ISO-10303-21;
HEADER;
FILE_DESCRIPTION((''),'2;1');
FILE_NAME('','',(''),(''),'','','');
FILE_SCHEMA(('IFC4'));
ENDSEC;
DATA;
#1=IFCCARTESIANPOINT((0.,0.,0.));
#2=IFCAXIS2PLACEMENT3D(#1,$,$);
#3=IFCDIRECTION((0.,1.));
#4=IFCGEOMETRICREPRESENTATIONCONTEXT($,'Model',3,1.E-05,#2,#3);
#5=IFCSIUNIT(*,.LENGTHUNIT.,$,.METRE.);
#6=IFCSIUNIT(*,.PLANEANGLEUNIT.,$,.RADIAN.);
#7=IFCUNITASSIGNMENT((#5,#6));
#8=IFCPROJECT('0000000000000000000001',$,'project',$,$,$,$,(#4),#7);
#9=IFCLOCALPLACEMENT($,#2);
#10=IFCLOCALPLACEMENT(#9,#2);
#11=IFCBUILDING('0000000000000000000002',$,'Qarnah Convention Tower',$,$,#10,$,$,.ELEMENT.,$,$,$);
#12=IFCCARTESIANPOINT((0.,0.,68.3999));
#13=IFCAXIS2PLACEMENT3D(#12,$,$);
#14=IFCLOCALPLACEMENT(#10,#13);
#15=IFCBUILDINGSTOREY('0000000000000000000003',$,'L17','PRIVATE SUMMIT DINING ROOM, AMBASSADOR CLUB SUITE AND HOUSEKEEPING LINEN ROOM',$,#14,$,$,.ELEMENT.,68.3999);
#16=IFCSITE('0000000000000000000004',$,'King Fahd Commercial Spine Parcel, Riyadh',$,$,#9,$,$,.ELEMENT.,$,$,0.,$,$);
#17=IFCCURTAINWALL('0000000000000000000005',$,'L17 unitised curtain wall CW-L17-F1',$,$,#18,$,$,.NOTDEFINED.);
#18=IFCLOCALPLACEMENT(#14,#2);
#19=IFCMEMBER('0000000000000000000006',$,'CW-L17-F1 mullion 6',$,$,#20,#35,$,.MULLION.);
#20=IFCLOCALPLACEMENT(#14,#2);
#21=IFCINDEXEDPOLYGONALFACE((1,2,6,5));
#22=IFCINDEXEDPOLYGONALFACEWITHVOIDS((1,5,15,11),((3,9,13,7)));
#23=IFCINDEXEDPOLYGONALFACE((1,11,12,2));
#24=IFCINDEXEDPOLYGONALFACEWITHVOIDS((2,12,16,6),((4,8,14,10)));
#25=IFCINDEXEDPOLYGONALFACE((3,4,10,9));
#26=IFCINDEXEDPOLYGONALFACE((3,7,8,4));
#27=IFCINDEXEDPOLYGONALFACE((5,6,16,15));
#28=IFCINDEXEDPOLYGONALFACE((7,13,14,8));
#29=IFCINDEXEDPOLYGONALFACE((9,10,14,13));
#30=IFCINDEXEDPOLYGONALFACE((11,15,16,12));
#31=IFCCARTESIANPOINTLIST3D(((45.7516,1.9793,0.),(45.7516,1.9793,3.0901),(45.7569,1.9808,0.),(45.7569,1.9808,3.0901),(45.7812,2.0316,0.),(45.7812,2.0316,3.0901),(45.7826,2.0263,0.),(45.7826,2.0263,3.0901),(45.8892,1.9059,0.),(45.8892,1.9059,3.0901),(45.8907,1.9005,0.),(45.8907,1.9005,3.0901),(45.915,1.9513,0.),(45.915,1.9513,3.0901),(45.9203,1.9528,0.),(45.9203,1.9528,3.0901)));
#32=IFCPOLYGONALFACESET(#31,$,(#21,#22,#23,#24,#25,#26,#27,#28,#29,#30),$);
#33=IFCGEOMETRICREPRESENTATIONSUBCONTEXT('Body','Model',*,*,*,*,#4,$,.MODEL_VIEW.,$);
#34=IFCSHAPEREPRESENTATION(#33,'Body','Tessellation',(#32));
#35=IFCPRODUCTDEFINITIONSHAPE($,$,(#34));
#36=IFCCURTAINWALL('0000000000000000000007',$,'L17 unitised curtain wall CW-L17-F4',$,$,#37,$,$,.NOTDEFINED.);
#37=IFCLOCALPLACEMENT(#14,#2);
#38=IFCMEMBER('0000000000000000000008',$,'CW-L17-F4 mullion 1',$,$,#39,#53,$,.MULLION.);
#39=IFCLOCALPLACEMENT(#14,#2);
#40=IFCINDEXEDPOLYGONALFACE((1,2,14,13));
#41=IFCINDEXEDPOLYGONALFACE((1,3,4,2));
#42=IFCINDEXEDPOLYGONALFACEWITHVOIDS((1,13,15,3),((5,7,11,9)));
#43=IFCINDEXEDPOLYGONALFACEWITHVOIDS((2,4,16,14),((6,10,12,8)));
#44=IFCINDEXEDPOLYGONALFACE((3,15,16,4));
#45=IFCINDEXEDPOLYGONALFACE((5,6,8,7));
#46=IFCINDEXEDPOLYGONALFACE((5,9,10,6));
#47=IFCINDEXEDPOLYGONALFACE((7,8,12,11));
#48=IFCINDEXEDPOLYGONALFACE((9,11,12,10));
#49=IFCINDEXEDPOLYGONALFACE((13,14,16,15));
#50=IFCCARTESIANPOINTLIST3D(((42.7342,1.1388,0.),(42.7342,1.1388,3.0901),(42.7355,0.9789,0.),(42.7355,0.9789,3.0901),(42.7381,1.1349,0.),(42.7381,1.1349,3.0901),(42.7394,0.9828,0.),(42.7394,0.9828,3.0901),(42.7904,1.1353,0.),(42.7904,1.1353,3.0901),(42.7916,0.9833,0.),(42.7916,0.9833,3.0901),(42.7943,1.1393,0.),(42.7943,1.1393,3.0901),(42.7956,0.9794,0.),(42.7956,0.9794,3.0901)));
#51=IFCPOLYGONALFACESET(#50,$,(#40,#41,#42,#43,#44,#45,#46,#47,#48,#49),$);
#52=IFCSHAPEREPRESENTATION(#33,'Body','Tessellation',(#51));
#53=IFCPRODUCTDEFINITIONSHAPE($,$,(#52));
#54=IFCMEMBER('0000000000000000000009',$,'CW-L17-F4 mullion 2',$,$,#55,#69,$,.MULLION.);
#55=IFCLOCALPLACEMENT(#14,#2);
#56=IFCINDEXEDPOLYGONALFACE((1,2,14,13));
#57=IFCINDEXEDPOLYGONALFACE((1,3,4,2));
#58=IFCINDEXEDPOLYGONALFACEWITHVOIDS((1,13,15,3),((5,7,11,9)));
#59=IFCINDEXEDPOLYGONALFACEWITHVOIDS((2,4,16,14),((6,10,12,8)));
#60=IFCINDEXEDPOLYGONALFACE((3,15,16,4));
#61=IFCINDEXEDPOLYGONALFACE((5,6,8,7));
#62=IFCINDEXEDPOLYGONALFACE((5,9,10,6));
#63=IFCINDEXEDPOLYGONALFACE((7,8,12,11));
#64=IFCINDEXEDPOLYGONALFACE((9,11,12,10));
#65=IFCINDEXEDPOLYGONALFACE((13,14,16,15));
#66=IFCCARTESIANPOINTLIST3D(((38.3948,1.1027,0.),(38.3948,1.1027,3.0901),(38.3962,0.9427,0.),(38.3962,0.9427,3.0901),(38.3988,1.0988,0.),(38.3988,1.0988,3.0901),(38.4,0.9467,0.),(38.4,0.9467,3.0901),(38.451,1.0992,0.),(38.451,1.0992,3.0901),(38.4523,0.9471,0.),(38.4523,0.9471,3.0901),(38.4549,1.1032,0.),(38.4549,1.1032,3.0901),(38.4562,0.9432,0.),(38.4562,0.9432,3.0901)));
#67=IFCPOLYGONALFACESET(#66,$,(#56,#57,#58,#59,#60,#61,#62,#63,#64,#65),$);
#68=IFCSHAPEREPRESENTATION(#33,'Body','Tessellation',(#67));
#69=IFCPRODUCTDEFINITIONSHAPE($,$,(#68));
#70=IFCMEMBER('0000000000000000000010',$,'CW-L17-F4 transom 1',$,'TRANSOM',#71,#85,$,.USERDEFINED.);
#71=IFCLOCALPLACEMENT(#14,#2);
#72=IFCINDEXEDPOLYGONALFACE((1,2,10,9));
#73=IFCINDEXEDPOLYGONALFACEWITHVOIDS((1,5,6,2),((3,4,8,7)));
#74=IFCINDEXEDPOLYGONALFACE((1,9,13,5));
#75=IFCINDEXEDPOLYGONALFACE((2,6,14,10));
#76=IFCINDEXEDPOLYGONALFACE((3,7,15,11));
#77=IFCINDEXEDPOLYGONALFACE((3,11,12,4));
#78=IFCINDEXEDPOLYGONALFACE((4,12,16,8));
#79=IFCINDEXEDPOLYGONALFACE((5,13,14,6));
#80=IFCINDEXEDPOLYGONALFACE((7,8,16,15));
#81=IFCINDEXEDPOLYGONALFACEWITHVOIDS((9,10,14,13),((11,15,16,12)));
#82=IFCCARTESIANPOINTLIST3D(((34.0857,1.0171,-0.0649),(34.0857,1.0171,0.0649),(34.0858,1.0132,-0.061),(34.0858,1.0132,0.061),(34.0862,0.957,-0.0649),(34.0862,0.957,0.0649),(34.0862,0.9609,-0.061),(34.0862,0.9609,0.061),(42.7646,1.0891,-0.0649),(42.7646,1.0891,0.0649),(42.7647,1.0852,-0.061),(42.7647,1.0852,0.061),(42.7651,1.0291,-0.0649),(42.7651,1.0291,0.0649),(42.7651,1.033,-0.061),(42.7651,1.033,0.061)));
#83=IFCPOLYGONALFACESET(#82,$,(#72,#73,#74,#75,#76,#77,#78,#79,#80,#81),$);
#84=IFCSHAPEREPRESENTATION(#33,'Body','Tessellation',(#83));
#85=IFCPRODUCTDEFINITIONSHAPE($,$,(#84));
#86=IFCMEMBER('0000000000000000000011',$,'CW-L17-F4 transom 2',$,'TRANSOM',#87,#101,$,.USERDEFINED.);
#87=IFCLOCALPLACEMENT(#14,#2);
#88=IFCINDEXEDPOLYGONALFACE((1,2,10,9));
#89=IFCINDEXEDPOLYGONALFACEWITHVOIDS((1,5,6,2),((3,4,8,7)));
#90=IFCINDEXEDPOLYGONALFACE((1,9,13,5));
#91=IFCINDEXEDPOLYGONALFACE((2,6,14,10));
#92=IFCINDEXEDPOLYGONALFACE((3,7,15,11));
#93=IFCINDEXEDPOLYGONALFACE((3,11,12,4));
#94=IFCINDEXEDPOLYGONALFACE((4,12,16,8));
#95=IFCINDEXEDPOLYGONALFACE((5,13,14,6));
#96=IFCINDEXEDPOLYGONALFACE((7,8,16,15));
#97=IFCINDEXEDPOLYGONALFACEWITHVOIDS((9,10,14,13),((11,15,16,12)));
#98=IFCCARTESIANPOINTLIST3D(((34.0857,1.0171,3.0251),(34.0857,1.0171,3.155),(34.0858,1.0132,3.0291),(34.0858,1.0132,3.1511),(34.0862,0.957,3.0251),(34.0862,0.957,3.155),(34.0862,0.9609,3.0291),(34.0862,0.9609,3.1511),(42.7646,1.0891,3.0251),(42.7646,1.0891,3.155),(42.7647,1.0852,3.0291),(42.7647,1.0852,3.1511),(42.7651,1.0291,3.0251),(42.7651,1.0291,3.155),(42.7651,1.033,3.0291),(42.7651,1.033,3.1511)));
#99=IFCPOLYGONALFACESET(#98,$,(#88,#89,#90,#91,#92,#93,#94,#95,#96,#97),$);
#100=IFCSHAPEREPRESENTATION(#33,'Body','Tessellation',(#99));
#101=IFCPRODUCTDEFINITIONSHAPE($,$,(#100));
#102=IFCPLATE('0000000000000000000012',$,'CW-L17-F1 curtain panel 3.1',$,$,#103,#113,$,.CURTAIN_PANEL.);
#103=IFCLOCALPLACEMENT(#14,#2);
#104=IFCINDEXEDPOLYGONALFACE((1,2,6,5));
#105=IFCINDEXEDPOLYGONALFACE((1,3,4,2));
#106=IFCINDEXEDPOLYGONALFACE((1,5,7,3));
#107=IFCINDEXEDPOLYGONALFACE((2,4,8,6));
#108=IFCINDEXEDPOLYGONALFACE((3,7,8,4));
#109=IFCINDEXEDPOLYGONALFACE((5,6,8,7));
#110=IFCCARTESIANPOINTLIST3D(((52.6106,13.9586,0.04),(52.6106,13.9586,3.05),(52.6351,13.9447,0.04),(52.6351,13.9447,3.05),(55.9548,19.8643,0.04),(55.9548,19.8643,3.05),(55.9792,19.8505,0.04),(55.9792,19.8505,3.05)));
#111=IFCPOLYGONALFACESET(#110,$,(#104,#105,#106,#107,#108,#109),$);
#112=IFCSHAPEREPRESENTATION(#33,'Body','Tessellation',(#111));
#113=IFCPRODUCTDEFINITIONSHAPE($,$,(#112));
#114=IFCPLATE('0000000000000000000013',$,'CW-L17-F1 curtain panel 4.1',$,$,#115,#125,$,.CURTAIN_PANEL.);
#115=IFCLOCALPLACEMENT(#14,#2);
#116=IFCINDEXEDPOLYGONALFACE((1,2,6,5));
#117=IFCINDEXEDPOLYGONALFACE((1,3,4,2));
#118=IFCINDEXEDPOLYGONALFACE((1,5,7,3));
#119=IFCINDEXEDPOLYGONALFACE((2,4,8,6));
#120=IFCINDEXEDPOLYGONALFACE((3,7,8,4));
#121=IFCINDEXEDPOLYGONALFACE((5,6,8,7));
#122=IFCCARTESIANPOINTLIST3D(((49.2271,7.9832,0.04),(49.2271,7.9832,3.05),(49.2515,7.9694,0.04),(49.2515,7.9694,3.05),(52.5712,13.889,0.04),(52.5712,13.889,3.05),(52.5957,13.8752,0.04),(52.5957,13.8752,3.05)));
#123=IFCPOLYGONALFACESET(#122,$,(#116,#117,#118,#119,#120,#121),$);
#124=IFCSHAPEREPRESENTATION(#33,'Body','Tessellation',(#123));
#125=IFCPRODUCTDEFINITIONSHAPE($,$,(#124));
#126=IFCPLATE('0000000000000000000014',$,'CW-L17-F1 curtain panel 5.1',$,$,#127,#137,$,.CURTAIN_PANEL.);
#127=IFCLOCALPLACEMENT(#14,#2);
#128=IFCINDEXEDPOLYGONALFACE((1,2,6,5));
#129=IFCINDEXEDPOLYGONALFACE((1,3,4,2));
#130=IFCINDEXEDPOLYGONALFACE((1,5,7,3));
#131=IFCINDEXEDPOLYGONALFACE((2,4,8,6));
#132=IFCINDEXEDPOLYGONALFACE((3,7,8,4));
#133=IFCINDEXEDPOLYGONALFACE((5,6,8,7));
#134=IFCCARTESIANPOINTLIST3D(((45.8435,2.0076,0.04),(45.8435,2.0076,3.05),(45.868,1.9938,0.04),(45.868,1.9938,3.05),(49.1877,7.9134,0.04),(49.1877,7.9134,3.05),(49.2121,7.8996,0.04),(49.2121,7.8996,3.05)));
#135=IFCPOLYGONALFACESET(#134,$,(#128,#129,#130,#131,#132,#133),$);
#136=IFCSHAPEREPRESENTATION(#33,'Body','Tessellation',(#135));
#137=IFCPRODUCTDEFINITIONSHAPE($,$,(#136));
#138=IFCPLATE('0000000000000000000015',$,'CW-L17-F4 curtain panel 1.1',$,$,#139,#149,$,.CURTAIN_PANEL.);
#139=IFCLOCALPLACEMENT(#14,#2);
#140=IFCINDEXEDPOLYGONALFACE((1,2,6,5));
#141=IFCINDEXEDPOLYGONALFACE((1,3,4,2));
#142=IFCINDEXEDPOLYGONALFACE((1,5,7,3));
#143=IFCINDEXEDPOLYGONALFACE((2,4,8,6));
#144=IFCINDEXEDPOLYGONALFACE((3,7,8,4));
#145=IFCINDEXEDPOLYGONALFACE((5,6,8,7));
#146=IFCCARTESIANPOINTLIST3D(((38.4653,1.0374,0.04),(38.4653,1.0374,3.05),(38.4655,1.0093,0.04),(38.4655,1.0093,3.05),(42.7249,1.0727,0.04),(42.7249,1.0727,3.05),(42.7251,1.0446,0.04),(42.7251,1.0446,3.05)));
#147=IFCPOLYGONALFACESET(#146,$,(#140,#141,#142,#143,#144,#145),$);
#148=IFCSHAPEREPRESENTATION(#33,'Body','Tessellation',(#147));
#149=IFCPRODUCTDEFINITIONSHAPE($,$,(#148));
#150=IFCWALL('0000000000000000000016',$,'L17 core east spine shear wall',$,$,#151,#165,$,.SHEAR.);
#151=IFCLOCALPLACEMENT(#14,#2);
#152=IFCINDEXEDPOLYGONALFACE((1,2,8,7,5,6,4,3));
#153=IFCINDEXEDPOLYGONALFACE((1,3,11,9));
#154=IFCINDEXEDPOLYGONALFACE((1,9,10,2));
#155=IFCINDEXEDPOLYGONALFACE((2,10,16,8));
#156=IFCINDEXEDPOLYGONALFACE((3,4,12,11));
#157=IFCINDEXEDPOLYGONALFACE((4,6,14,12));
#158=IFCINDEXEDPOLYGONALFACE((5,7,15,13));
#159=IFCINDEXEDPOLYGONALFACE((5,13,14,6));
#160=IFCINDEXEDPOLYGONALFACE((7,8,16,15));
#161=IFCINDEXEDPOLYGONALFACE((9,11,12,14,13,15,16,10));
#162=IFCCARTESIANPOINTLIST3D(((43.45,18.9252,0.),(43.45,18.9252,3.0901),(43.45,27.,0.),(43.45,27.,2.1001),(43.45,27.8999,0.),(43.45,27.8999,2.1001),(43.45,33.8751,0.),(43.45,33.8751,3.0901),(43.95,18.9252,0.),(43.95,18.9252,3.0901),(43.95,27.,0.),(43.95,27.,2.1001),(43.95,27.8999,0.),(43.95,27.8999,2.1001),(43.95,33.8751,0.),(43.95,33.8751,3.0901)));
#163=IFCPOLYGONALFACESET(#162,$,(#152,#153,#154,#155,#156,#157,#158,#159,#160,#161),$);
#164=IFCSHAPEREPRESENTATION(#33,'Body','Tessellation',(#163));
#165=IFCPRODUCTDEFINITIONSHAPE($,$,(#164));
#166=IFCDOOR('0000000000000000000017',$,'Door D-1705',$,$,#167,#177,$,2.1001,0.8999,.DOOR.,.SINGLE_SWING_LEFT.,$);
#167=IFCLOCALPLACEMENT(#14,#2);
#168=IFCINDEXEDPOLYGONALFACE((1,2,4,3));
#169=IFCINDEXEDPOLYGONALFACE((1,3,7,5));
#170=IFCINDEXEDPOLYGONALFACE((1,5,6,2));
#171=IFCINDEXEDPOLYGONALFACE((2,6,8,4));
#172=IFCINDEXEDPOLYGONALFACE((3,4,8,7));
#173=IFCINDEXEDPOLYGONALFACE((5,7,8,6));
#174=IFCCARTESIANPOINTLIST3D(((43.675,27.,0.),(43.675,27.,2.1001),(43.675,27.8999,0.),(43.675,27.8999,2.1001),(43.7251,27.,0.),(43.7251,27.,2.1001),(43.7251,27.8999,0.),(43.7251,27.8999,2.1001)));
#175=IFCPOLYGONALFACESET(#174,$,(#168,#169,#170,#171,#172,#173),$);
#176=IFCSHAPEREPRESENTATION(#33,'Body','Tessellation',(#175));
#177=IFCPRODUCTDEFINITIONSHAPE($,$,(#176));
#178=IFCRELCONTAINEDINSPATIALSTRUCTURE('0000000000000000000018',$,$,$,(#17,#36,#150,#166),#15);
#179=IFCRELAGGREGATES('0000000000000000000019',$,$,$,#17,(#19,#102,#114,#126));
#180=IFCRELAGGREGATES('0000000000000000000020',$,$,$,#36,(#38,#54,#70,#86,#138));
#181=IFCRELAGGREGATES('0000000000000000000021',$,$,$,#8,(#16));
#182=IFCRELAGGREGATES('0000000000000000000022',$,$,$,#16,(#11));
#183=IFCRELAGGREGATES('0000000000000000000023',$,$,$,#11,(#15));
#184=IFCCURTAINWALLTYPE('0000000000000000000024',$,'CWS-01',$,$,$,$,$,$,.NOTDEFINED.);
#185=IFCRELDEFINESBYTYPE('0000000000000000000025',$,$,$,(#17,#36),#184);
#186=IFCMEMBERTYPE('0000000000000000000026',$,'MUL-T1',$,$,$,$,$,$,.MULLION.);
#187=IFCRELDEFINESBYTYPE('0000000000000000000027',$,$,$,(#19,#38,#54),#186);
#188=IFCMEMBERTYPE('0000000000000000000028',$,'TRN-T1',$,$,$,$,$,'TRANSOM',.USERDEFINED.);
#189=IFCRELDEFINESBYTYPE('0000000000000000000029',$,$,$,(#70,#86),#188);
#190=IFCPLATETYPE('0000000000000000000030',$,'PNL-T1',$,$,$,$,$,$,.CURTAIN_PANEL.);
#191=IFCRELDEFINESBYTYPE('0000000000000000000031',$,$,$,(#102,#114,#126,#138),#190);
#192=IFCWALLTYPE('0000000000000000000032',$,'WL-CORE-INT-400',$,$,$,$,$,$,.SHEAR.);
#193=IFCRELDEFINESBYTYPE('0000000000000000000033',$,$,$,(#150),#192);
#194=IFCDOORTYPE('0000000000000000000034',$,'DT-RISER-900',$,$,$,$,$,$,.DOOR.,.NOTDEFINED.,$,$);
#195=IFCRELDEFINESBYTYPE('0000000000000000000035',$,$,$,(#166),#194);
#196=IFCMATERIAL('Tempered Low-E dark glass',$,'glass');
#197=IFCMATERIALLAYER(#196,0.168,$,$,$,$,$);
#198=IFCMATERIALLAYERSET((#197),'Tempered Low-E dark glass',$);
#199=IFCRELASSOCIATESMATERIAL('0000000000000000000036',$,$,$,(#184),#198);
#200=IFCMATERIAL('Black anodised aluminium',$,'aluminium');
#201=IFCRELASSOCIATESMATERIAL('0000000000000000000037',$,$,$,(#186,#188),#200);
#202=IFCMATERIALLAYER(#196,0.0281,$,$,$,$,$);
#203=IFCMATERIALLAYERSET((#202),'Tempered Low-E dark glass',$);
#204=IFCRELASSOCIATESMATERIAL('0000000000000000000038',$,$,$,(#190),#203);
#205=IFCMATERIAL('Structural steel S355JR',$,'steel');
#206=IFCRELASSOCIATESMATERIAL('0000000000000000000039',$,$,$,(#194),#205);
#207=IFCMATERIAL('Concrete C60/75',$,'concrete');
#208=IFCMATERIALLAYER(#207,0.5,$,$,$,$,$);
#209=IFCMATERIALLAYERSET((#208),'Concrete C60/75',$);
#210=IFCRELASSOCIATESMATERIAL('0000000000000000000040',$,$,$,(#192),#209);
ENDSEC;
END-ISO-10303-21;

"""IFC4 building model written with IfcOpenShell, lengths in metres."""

from ifc_helpers import new_model, si_unit, direction, frame, frame_2d, origin, origin_2d, place, context, subcontext, project, spatial, rectangle, hollow_rectangle, extrude, material, layer, layer_set, material_profile, profile_set, type_object, element, fill, aggregate, save


model = new_model("IFC4")

# Units and contexts
model_context = context("Model", 3, precision=1e-05, world=origin(), true_north=direction((0.0, 1.0)))
body_context = subcontext(model_context, "Body", "Model", "MODEL_VIEW")
ifc_project = project(units=[si_unit("LENGTHUNIT", "METRE"), si_unit("PLANEANGLEUNIT", "RADIAN")], contexts=[model_context])

# Site, building, storey
site_placement = place(None, origin())
site = spatial("IfcSite", under=ifc_project, at=site_placement, Name="King Fahd Commercial Spine Parcel, Riyadh", CompositionType="ELEMENT", RefElevation=0.0)
building_placement = place(site_placement, origin())
building = spatial("IfcBuilding", under=site, at=building_placement, Name="Qarnah Convention Tower", CompositionType="ELEMENT")
storey_placement = place(building_placement, frame((0.0, 0.0, 68.3999)))
storey = spatial("IfcBuildingStorey", under=building, at=storey_placement, Name="L17", Description="PRIVATE SUMMIT DINING ROOM, AMBASSADOR CLUB SUITE AND HOUSEKEEPING LINEN ROOM", CompositionType="ELEMENT", Elevation=68.3999)

# Shared definitions
ifc_material_1 = material(Name="Concrete C60/75", Category="concrete")
ifc_material_2 = material(Name="Structural steel S355JR", Category="steel")

# Curtain walls, members
ifc_material_3 = material(Name="Tempered Low-E dark glass", Category="glass")
ifc_layer_1 = layer(ifc_material_3, 0.168)
ifc_layer_set_1 = layer_set([ifc_layer_1], Name="Tempered Low-E dark glass")
curtain_wall_type = type_object("IfcCurtainWallType", Name="CWS-01", PredefinedType="NOTDEFINED", material=ifc_layer_set_1)
curtain_wall_1_placement = place(storey_placement, origin())
curtain_wall_1 = element("IfcCurtainWall", 1, at=curtain_wall_1_placement, inside=storey, type_object=curtain_wall_type, Name="L17 unitised curtain wall CW-L17-F1", PredefinedType="NOTDEFINED")
ifc_material_4 = material(Name="Black anodised aluminium", Category="aluminium")
ifc_material_profile_1 = material_profile(ifc_material_4, hollow_rectangle(XDim=0.0601, YDim=0.1599, WallThickness=0.0039, at=origin_2d()), Name="MUL-60X160")
ifc_profile_set_1 = profile_set([ifc_material_profile_1], Name="Black anodised aluminium")
member_type_1 = type_object("IfcMemberType", Name="MUL-T1", PredefinedType="MULLION", material=ifc_profile_set_1)
member_1_placement = place(storey_placement, frame((45.8359, 1.9661, 0.0), z_axis=(0.0, 0.0, 1.0), x_axis=(-0.492741, -0.870176, 0.0)))
member_1 = element("IfcMember", 2, at=member_1_placement, type_object=member_type_1, Name="CW-L17-F1 mullion 6", PredefinedType="MULLION", context=body_context, shape_type="SweptSolid", body=[
    extrude(hollow_rectangle(XDim=0.0601, YDim=0.1599, WallThickness=0.0039, at=origin_2d()), origin(), (0.0, 0.0, 1.0), 3.0901),
])
curtain_wall_2_placement = place(storey_placement, origin())
curtain_wall_2 = element("IfcCurtainWall", 3, at=curtain_wall_2_placement, inside=storey, type_object=curtain_wall_type, Name="L17 unitised curtain wall CW-L17-F4", PredefinedType="NOTDEFINED")
member_2_placement = place(storey_placement, frame((42.7649, 1.0591, 0.0), z_axis=(0.0, 0.0, 1.0), x_axis=(-0.999966, -0.008296, 0.0)))
member_2 = element("IfcMember", 4, at=member_2_placement, type_object=member_type_1, Name="CW-L17-F4 mullion 1", PredefinedType="MULLION", context=body_context, shape_type="SweptSolid", body=[
    extrude(hollow_rectangle(XDim=0.0601, YDim=0.1599, WallThickness=0.0039, at=origin_2d()), origin(), (0.0, 0.0, 1.0), 3.0901),
])
member_3_placement = place(storey_placement, frame((38.4255, 1.0229, 0.0), z_axis=(0.0, 0.0, 1.0), x_axis=(-0.999966, -0.008296, 0.0)))
member_3 = element("IfcMember", 5, at=member_3_placement, type_object=member_type_1, Name="CW-L17-F4 mullion 2", PredefinedType="MULLION", context=body_context, shape_type="SweptSolid", body=[
    extrude(hollow_rectangle(XDim=0.0601, YDim=0.1599, WallThickness=0.0039, at=origin_2d()), origin(), (0.0, 0.0, 1.0), 3.0901),
])
ifc_material_profile_2 = material_profile(ifc_material_4, hollow_rectangle(XDim=0.0601, YDim=0.1299, WallThickness=0.0039, at=origin_2d()), Name="TRN-60X130")
ifc_profile_set_2 = profile_set([ifc_material_profile_2], Name="Black anodised aluminium")
member_type_2 = type_object("IfcMemberType", Name="TRN-T1", ElementType="TRANSOM", PredefinedType="USERDEFINED", material=ifc_profile_set_2)
member_4_placement = place(storey_placement, frame((42.7649, 1.0591, 0.0), z_axis=(-0.999966, -0.008298, 0.0), x_axis=(0.008298, -0.999966, 0.0)))
member_4 = element("IfcMember", 6, at=member_4_placement, type_object=member_type_2, Name="CW-L17-F4 transom 1", ObjectType="TRANSOM", PredefinedType="USERDEFINED", context=body_context, shape_type="SweptSolid", body=[
    extrude(hollow_rectangle(XDim=0.0601, YDim=0.1299, WallThickness=0.0039, at=origin_2d()), origin(), (0.0, 0.0, 1.0), 8.6792),
])
member_5_placement = place(storey_placement, frame((42.7649, 1.0591, 3.0901), z_axis=(-0.999966, -0.008298, 0.0), x_axis=(0.008298, -0.999966, 0.0)))
member_5 = element("IfcMember", 7, at=member_5_placement, type_object=member_type_2, Name="CW-L17-F4 transom 2", ObjectType="TRANSOM", PredefinedType="USERDEFINED", context=body_context, shape_type="SweptSolid", body=[
    extrude(hollow_rectangle(XDim=0.0601, YDim=0.1299, WallThickness=0.0039, at=origin_2d()), origin(), (0.0, 0.0, 1.0), 8.6792),
])

# Plates
ifc_layer_2 = layer(ifc_material_3, 0.0281)
ifc_layer_set_2 = layer_set([ifc_layer_2], Name="Tempered Low-E dark glass")
plate_type = type_object("IfcPlateType", Name="PNL-T1", PredefinedType="CURTAIN_PANEL", material=ifc_layer_set_2)
plate_1_placement = place(storey_placement, frame((54.2949, 16.9045, 0.04), z_axis=(0.0, 0.0, 1.0), x_axis=(-0.492741, -0.870176, 0.0)))
plate_1 = element("IfcPlate", 8, at=plate_1_placement, type_object=plate_type, Name="CW-L17-F1 curtain panel 3.1", PredefinedType="CURTAIN_PANEL", context=body_context, shape_type="SweptSolid", body=[
    extrude(rectangle(XDim=6.7869, YDim=0.0281, at=origin_2d()), origin(), (0.0, 0.0, 1.0), 3.01),
])
plate_2_placement = place(storey_placement, frame((50.9114, 10.9292, 0.04), z_axis=(0.0, 0.0, 1.0), x_axis=(-0.492741, -0.870176, 0.0)))
plate_2 = element("IfcPlate", 9, at=plate_2_placement, type_object=plate_type, Name="CW-L17-F1 curtain panel 4.1", PredefinedType="CURTAIN_PANEL", context=body_context, shape_type="SweptSolid", body=[
    extrude(rectangle(XDim=6.7869, YDim=0.0281, at=origin_2d()), origin(), (0.0, 0.0, 1.0), 3.01),
])
plate_3_placement = place(storey_placement, frame((47.5278, 4.9536, 0.04), z_axis=(0.0, 0.0, 1.0), x_axis=(-0.492741, -0.870176, 0.0)))
plate_3 = element("IfcPlate", 10, at=plate_3_placement, type_object=plate_type, Name="CW-L17-F1 curtain panel 5.1", PredefinedType="CURTAIN_PANEL", context=body_context, shape_type="SweptSolid", body=[
    extrude(rectangle(XDim=6.7869, YDim=0.0281, at=origin_2d()), origin(), (0.0, 0.0, 1.0), 3.01),
])
aggregate(curtain_wall_1, [member_1, plate_1, plate_2, plate_3])
plate_4_placement = place(storey_placement, frame((40.5952, 1.041, 0.04), z_axis=(0.0, 0.0, 1.0), x_axis=(-0.999966, -0.008296, 0.0)))
plate_4 = element("IfcPlate", 11, at=plate_4_placement, type_object=plate_type, Name="CW-L17-F4 curtain panel 1.1", PredefinedType="CURTAIN_PANEL", context=body_context, shape_type="SweptSolid", body=[
    extrude(rectangle(XDim=4.2598, YDim=0.0281, at=origin_2d()), origin(), (0.0, 0.0, 1.0), 3.01),
])
aggregate(curtain_wall_2, [member_2, member_3, member_4, member_5, plate_4])

# Shared definitions
door_type_1 = type_object("IfcDoorType", Name="DT-RISER-900", OperationType="NOTDEFINED", PredefinedType="DOOR", material=ifc_material_2)

# Wall, opening, door
ifc_layer_3 = layer(ifc_material_1, 0.5)
ifc_layer_set_3 = layer_set([ifc_layer_3], Name="Concrete C60/75")
wall_type_1 = type_object("IfcWallType", Name="WL-CORE-INT-400", PredefinedType="SHEAR", material=ifc_layer_set_3)
wall_1_placement = place(storey_placement, frame((43.7, 18.925, 0.0), z_axis=(0.0, 0.0, 1.0), x_axis=(0.0, 1.0, 0.0)))
wall_1 = element("IfcWall", 12, at=wall_1_placement, inside=storey, type_object=wall_type_1, Name="L17 core east spine shear wall", PredefinedType="SHEAR", context=body_context, shape_type="SweptSolid", body=[
    extrude(rectangle(XDim=14.95, YDim=0.5, at=frame_2d((7.4751, 0.0))), origin(), (0.0, 0.0, 1.0), 3.0901),
])
opening_1_placement = place(wall_1_placement, frame((8.075, 0.0, 0.0)))
opening_1 = element("IfcOpeningElement", 13, at=opening_1_placement, cuts=wall_1, PredefinedType="OPENING", context=body_context, shape_type="SweptSolid", body=[
    extrude(rectangle(XDim=0.8999, YDim=2.1001, at=frame_2d((0.45, 1.05))), frame((0.0, 0.26, 0.0), z_axis=(0.0, -1.0, 0.0), x_axis=(1.0, 0.0, 0.0)), (0.0, 0.0, 1.0), 0.52),
])
door_1_placement = place(opening_1_placement, origin())
door_1 = element("IfcDoor", 14, at=door_1_placement, inside=storey, type_object=door_type_1, Name="Door D-1705", OperationType="SINGLE_SWING_LEFT", OverallHeight=2.1001, OverallWidth=0.8999, PredefinedType="DOOR", context=body_context, shape_type="SweptSolid", body=[
    extrude(rectangle(XDim=0.8999, YDim=2.1001, at=frame_2d((0.45, 1.05))), frame((0.0, 0.0249, 0.0), z_axis=(0.0, -1.0, 0.0), x_axis=(1.0, 0.0, 0.0)), (0.0, 0.0, 1.0), 0.05),
])
fill(opening_1, door_1)

save(model, "model.ifc")
